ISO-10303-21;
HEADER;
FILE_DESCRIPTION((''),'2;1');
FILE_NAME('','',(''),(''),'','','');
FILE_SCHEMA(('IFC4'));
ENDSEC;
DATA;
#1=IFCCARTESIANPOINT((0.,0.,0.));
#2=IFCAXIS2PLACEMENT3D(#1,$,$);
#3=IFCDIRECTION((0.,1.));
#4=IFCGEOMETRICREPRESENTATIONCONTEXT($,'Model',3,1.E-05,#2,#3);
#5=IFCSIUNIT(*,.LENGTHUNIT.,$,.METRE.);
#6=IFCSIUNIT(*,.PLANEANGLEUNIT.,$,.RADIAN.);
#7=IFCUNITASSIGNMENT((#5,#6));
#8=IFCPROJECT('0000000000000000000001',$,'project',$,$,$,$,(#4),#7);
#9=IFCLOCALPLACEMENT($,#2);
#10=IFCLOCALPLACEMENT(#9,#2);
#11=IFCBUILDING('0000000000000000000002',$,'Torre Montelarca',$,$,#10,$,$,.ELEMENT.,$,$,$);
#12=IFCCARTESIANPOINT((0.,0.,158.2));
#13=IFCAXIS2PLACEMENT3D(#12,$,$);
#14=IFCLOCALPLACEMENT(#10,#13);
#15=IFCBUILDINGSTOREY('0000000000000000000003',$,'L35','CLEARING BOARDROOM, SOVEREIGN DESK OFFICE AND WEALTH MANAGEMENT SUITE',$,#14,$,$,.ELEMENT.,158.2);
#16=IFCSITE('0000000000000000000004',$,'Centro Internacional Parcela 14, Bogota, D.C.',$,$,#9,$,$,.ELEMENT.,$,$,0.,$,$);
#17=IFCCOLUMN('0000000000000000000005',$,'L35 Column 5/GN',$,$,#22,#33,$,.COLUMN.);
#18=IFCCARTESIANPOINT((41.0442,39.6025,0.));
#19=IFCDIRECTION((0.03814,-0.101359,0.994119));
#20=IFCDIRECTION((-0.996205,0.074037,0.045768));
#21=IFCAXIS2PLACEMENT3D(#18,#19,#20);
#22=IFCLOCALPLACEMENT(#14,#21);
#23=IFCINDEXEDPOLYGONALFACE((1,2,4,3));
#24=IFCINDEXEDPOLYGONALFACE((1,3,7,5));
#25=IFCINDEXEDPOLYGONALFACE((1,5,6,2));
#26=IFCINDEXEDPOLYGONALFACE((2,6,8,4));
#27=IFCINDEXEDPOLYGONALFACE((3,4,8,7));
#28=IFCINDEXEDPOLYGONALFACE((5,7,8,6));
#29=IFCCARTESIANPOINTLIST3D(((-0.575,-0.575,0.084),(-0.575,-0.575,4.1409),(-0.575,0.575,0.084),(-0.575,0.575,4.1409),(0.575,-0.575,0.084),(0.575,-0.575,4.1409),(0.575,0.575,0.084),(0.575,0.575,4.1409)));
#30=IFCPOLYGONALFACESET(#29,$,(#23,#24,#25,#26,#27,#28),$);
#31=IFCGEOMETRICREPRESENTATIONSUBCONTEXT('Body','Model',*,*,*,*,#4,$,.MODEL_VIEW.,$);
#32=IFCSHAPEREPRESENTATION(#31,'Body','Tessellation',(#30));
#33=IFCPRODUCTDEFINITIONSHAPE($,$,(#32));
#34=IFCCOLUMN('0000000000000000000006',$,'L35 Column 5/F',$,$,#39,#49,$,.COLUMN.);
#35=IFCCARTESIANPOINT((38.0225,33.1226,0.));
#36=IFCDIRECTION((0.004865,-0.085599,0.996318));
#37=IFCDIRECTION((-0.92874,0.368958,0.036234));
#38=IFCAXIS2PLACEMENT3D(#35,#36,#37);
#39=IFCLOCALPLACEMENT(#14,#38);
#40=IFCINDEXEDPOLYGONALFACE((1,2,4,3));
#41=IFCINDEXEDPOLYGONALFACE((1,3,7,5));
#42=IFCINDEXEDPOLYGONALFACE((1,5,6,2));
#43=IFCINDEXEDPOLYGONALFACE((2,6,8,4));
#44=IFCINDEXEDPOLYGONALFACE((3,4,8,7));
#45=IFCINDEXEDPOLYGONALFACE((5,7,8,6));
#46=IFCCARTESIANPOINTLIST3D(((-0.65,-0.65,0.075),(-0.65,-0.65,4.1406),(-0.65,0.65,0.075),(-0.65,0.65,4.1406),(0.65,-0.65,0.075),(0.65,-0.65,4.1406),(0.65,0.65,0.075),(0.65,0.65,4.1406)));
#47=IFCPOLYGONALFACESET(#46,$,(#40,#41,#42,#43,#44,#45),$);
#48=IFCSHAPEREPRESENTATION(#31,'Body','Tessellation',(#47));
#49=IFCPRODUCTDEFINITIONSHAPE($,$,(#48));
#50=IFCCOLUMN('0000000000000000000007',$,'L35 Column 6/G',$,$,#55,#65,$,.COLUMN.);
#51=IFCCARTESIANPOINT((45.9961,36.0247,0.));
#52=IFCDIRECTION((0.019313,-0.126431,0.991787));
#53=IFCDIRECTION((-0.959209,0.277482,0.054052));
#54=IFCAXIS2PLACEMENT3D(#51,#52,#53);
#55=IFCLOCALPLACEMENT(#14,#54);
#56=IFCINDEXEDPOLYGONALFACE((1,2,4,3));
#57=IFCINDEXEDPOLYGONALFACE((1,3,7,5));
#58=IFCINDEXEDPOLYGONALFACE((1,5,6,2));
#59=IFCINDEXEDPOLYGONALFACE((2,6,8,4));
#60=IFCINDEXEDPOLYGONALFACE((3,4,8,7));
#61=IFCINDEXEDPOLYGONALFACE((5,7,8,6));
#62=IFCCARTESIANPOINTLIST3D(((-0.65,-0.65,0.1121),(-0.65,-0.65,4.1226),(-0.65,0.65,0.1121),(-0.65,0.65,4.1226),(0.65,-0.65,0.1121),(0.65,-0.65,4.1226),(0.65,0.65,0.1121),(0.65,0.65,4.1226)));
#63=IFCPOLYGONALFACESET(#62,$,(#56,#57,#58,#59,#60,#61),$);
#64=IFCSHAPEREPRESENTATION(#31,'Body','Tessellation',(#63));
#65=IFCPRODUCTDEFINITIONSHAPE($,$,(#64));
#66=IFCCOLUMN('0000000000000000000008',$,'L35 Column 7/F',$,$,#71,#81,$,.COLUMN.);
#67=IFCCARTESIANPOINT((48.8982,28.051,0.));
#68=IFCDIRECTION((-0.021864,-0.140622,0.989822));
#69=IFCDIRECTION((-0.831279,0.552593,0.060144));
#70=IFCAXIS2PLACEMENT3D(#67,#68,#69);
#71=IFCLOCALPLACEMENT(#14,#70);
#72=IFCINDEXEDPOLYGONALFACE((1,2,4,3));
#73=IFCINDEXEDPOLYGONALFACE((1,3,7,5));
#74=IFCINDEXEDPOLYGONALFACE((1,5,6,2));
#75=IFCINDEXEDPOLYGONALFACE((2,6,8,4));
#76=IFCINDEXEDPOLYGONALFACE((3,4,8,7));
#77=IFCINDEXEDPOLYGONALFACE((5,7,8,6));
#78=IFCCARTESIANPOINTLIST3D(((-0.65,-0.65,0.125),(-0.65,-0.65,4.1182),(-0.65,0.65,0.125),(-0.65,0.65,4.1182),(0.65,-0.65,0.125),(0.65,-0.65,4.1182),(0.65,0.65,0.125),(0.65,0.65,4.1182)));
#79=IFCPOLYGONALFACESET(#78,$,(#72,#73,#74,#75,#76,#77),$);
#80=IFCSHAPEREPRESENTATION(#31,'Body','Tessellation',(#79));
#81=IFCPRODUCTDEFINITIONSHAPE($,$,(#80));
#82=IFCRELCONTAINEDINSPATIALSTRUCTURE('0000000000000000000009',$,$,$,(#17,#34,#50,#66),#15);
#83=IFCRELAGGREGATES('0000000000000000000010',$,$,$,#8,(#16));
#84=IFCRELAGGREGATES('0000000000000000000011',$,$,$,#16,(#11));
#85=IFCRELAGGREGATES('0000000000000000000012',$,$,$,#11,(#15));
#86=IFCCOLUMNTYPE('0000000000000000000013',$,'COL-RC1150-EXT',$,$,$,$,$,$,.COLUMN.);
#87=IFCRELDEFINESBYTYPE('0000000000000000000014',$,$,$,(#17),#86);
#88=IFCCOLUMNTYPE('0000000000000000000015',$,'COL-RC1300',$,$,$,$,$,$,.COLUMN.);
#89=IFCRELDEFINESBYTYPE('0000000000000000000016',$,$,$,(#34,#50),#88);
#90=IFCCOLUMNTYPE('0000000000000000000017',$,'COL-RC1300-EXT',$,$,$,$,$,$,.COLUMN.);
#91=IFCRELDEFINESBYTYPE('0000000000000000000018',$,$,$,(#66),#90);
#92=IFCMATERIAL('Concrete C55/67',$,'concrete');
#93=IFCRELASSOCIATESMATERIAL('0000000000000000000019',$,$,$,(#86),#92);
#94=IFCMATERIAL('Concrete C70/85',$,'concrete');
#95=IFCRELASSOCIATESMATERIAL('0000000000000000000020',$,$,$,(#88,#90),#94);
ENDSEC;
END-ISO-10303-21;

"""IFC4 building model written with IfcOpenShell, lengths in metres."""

from ifc_helpers import new_model, si_unit, direction, frame, origin, origin_2d, place, context, subcontext, project, spatial, rectangle, extrude, clip, halfspace, material, material_profile, profile_set, type_object, element, save


model = new_model("IFC4")

# Units and contexts
model_context = context("Model", 3, precision=1e-05, world=origin(), true_north=direction((0.0, 1.0)))
body_context = subcontext(model_context, "Body", "Model", "MODEL_VIEW")
ifc_project = project(units=[si_unit("LENGTHUNIT", "METRE"), si_unit("PLANEANGLEUNIT", "RADIAN")], contexts=[model_context])

# Site, building, storey
site_placement = place(None, origin())
site = spatial("IfcSite", under=ifc_project, at=site_placement, Name="Centro Internacional Parcela 14, Bogota, D.C.", CompositionType="ELEMENT", RefElevation=0.0)
building_placement = place(site_placement, origin())
building = spatial("IfcBuilding", under=site, at=building_placement, Name="Torre Montelarca", CompositionType="ELEMENT")
storey_placement = place(building_placement, frame((0.0, 0.0, 158.2)))
storey = spatial("IfcBuildingStorey", under=building, at=storey_placement, Name="L35", Description="CLEARING BOARDROOM, SOVEREIGN DESK OFFICE AND WEALTH MANAGEMENT SUITE", CompositionType="ELEMENT", Elevation=158.2)

# Columns
ifc_material_1 = material(Name="Concrete C55/67", Category="concrete")
ifc_material_profile_1 = material_profile(ifc_material_1, rectangle(XDim=1.1499, YDim=1.1499, at=origin_2d()), Name="RC1150X1150", Category="concrete")
ifc_profile_set_1 = profile_set([ifc_material_profile_1], Name="Concrete C55/67")
column_type_1 = type_object("IfcColumnType", Name="COL-RC1150-EXT", PredefinedType="COLUMN", material=ifc_profile_set_1)
column_1_placement = place(storey_placement, frame((41.0442, 39.6025, 0.0), z_axis=(0.03814, -0.101359, 0.994119), x_axis=(-0.996205, 0.074037, 0.045768)))
element("IfcColumn", 1, at=column_1_placement, inside=storey, type_object=column_type_1, Name="L35 Column 5/GN", PredefinedType="COLUMN", context=body_context, shape_type="Clipping", body=[
    clip(clip(extrude(rectangle(XDim=1.1499, YDim=1.1499, at=origin_2d()), origin(), (0.0, 0.0, 1.0), 4.2249), halfspace(frame((0.0, 0.0, 0.084), z_axis=(0.0, 0.0, -1.0), x_axis=(1.0, 0.0, 0.0)), False)), halfspace(frame((0.0, 0.0, 4.1409), z_axis=(0.0, 0.0, 1.0), x_axis=(1.0, 0.0, 0.0)), False)),
])
ifc_material_2 = material(Name="Concrete C70/85", Category="concrete")
ifc_material_profile_2 = material_profile(ifc_material_2, rectangle(XDim=1.3, YDim=1.3, at=origin_2d()), Name="RC1300X1300", Category="concrete")
ifc_profile_set_2 = profile_set([ifc_material_profile_2], Name="Concrete C70/85")
column_type_2 = type_object("IfcColumnType", Name="COL-RC1300", PredefinedType="COLUMN", material=ifc_profile_set_2)
column_2_placement = place(storey_placement, frame((38.0225, 33.1226, 0.0), z_axis=(0.004865, -0.085599, 0.996318), x_axis=(-0.92874, 0.368958, 0.036234)))
element("IfcColumn", 2, at=column_2_placement, inside=storey, type_object=column_type_2, Name="L35 Column 5/F", PredefinedType="COLUMN", context=body_context, shape_type="Clipping", body=[
    clip(clip(extrude(rectangle(XDim=1.3, YDim=1.3, at=origin_2d()), origin(), (0.0, 0.0, 1.0), 4.2156), halfspace(frame((0.0, 0.0, 0.075), z_axis=(0.0, 0.0, -1.0), x_axis=(1.0, 0.0, 0.0)), False)), halfspace(frame((0.0, 0.0, 4.1406), z_axis=(0.0, 0.0, 1.0), x_axis=(1.0, 0.0, 0.0)), False)),
])
column_3_placement = place(storey_placement, frame((45.9961, 36.0247, 0.0), z_axis=(0.019313, -0.126431, 0.991787), x_axis=(-0.959209, 0.277482, 0.054052)))
element("IfcColumn", 3, at=column_3_placement, inside=storey, type_object=column_type_2, Name="L35 Column 6/G", PredefinedType="COLUMN", context=body_context, shape_type="Clipping", body=[
    clip(clip(extrude(rectangle(XDim=1.3, YDim=1.3, at=origin_2d()), origin(), (0.0, 0.0, 1.0), 4.2346), halfspace(frame((0.0, 0.0, 0.1121), z_axis=(0.0, 0.0, -1.0), x_axis=(1.0, 0.0, 0.0)), False)), halfspace(frame((0.0, 0.0, 4.1226), z_axis=(0.0, 0.0, 1.0), x_axis=(1.0, 0.0, 0.0)), False)),
])
ifc_material_profile_3 = material_profile(ifc_material_2, rectangle(XDim=1.3, YDim=1.3, at=origin_2d()), Name="RC1300X1300", Category="concrete")
ifc_profile_set_3 = profile_set([ifc_material_profile_3], Name="Concrete C70/85")
column_type_3 = type_object("IfcColumnType", Name="COL-RC1300-EXT", PredefinedType="COLUMN", material=ifc_profile_set_3)
column_4_placement = place(storey_placement, frame((48.8982, 28.051, 0.0), z_axis=(-0.021864, -0.140622, 0.989822), x_axis=(-0.831279, 0.552593, 0.060144)))
element("IfcColumn", 4, at=column_4_placement, inside=storey, type_object=column_type_3, Name="L35 Column 7/F", PredefinedType="COLUMN", context=body_context, shape_type="Clipping", body=[
    clip(clip(extrude(rectangle(XDim=1.3, YDim=1.3, at=origin_2d()), origin(), (0.0, 0.0, 1.0), 4.2432), halfspace(frame((0.0, 0.0, 0.125), z_axis=(0.0, 0.0, -1.0), x_axis=(1.0, 0.0, 0.0)), False)), halfspace(frame((0.0, 0.0, 4.1182), z_axis=(0.0, 0.0, 1.0), x_axis=(1.0, 0.0, 0.0)), False)),
])

save(model, "model.ifc")
